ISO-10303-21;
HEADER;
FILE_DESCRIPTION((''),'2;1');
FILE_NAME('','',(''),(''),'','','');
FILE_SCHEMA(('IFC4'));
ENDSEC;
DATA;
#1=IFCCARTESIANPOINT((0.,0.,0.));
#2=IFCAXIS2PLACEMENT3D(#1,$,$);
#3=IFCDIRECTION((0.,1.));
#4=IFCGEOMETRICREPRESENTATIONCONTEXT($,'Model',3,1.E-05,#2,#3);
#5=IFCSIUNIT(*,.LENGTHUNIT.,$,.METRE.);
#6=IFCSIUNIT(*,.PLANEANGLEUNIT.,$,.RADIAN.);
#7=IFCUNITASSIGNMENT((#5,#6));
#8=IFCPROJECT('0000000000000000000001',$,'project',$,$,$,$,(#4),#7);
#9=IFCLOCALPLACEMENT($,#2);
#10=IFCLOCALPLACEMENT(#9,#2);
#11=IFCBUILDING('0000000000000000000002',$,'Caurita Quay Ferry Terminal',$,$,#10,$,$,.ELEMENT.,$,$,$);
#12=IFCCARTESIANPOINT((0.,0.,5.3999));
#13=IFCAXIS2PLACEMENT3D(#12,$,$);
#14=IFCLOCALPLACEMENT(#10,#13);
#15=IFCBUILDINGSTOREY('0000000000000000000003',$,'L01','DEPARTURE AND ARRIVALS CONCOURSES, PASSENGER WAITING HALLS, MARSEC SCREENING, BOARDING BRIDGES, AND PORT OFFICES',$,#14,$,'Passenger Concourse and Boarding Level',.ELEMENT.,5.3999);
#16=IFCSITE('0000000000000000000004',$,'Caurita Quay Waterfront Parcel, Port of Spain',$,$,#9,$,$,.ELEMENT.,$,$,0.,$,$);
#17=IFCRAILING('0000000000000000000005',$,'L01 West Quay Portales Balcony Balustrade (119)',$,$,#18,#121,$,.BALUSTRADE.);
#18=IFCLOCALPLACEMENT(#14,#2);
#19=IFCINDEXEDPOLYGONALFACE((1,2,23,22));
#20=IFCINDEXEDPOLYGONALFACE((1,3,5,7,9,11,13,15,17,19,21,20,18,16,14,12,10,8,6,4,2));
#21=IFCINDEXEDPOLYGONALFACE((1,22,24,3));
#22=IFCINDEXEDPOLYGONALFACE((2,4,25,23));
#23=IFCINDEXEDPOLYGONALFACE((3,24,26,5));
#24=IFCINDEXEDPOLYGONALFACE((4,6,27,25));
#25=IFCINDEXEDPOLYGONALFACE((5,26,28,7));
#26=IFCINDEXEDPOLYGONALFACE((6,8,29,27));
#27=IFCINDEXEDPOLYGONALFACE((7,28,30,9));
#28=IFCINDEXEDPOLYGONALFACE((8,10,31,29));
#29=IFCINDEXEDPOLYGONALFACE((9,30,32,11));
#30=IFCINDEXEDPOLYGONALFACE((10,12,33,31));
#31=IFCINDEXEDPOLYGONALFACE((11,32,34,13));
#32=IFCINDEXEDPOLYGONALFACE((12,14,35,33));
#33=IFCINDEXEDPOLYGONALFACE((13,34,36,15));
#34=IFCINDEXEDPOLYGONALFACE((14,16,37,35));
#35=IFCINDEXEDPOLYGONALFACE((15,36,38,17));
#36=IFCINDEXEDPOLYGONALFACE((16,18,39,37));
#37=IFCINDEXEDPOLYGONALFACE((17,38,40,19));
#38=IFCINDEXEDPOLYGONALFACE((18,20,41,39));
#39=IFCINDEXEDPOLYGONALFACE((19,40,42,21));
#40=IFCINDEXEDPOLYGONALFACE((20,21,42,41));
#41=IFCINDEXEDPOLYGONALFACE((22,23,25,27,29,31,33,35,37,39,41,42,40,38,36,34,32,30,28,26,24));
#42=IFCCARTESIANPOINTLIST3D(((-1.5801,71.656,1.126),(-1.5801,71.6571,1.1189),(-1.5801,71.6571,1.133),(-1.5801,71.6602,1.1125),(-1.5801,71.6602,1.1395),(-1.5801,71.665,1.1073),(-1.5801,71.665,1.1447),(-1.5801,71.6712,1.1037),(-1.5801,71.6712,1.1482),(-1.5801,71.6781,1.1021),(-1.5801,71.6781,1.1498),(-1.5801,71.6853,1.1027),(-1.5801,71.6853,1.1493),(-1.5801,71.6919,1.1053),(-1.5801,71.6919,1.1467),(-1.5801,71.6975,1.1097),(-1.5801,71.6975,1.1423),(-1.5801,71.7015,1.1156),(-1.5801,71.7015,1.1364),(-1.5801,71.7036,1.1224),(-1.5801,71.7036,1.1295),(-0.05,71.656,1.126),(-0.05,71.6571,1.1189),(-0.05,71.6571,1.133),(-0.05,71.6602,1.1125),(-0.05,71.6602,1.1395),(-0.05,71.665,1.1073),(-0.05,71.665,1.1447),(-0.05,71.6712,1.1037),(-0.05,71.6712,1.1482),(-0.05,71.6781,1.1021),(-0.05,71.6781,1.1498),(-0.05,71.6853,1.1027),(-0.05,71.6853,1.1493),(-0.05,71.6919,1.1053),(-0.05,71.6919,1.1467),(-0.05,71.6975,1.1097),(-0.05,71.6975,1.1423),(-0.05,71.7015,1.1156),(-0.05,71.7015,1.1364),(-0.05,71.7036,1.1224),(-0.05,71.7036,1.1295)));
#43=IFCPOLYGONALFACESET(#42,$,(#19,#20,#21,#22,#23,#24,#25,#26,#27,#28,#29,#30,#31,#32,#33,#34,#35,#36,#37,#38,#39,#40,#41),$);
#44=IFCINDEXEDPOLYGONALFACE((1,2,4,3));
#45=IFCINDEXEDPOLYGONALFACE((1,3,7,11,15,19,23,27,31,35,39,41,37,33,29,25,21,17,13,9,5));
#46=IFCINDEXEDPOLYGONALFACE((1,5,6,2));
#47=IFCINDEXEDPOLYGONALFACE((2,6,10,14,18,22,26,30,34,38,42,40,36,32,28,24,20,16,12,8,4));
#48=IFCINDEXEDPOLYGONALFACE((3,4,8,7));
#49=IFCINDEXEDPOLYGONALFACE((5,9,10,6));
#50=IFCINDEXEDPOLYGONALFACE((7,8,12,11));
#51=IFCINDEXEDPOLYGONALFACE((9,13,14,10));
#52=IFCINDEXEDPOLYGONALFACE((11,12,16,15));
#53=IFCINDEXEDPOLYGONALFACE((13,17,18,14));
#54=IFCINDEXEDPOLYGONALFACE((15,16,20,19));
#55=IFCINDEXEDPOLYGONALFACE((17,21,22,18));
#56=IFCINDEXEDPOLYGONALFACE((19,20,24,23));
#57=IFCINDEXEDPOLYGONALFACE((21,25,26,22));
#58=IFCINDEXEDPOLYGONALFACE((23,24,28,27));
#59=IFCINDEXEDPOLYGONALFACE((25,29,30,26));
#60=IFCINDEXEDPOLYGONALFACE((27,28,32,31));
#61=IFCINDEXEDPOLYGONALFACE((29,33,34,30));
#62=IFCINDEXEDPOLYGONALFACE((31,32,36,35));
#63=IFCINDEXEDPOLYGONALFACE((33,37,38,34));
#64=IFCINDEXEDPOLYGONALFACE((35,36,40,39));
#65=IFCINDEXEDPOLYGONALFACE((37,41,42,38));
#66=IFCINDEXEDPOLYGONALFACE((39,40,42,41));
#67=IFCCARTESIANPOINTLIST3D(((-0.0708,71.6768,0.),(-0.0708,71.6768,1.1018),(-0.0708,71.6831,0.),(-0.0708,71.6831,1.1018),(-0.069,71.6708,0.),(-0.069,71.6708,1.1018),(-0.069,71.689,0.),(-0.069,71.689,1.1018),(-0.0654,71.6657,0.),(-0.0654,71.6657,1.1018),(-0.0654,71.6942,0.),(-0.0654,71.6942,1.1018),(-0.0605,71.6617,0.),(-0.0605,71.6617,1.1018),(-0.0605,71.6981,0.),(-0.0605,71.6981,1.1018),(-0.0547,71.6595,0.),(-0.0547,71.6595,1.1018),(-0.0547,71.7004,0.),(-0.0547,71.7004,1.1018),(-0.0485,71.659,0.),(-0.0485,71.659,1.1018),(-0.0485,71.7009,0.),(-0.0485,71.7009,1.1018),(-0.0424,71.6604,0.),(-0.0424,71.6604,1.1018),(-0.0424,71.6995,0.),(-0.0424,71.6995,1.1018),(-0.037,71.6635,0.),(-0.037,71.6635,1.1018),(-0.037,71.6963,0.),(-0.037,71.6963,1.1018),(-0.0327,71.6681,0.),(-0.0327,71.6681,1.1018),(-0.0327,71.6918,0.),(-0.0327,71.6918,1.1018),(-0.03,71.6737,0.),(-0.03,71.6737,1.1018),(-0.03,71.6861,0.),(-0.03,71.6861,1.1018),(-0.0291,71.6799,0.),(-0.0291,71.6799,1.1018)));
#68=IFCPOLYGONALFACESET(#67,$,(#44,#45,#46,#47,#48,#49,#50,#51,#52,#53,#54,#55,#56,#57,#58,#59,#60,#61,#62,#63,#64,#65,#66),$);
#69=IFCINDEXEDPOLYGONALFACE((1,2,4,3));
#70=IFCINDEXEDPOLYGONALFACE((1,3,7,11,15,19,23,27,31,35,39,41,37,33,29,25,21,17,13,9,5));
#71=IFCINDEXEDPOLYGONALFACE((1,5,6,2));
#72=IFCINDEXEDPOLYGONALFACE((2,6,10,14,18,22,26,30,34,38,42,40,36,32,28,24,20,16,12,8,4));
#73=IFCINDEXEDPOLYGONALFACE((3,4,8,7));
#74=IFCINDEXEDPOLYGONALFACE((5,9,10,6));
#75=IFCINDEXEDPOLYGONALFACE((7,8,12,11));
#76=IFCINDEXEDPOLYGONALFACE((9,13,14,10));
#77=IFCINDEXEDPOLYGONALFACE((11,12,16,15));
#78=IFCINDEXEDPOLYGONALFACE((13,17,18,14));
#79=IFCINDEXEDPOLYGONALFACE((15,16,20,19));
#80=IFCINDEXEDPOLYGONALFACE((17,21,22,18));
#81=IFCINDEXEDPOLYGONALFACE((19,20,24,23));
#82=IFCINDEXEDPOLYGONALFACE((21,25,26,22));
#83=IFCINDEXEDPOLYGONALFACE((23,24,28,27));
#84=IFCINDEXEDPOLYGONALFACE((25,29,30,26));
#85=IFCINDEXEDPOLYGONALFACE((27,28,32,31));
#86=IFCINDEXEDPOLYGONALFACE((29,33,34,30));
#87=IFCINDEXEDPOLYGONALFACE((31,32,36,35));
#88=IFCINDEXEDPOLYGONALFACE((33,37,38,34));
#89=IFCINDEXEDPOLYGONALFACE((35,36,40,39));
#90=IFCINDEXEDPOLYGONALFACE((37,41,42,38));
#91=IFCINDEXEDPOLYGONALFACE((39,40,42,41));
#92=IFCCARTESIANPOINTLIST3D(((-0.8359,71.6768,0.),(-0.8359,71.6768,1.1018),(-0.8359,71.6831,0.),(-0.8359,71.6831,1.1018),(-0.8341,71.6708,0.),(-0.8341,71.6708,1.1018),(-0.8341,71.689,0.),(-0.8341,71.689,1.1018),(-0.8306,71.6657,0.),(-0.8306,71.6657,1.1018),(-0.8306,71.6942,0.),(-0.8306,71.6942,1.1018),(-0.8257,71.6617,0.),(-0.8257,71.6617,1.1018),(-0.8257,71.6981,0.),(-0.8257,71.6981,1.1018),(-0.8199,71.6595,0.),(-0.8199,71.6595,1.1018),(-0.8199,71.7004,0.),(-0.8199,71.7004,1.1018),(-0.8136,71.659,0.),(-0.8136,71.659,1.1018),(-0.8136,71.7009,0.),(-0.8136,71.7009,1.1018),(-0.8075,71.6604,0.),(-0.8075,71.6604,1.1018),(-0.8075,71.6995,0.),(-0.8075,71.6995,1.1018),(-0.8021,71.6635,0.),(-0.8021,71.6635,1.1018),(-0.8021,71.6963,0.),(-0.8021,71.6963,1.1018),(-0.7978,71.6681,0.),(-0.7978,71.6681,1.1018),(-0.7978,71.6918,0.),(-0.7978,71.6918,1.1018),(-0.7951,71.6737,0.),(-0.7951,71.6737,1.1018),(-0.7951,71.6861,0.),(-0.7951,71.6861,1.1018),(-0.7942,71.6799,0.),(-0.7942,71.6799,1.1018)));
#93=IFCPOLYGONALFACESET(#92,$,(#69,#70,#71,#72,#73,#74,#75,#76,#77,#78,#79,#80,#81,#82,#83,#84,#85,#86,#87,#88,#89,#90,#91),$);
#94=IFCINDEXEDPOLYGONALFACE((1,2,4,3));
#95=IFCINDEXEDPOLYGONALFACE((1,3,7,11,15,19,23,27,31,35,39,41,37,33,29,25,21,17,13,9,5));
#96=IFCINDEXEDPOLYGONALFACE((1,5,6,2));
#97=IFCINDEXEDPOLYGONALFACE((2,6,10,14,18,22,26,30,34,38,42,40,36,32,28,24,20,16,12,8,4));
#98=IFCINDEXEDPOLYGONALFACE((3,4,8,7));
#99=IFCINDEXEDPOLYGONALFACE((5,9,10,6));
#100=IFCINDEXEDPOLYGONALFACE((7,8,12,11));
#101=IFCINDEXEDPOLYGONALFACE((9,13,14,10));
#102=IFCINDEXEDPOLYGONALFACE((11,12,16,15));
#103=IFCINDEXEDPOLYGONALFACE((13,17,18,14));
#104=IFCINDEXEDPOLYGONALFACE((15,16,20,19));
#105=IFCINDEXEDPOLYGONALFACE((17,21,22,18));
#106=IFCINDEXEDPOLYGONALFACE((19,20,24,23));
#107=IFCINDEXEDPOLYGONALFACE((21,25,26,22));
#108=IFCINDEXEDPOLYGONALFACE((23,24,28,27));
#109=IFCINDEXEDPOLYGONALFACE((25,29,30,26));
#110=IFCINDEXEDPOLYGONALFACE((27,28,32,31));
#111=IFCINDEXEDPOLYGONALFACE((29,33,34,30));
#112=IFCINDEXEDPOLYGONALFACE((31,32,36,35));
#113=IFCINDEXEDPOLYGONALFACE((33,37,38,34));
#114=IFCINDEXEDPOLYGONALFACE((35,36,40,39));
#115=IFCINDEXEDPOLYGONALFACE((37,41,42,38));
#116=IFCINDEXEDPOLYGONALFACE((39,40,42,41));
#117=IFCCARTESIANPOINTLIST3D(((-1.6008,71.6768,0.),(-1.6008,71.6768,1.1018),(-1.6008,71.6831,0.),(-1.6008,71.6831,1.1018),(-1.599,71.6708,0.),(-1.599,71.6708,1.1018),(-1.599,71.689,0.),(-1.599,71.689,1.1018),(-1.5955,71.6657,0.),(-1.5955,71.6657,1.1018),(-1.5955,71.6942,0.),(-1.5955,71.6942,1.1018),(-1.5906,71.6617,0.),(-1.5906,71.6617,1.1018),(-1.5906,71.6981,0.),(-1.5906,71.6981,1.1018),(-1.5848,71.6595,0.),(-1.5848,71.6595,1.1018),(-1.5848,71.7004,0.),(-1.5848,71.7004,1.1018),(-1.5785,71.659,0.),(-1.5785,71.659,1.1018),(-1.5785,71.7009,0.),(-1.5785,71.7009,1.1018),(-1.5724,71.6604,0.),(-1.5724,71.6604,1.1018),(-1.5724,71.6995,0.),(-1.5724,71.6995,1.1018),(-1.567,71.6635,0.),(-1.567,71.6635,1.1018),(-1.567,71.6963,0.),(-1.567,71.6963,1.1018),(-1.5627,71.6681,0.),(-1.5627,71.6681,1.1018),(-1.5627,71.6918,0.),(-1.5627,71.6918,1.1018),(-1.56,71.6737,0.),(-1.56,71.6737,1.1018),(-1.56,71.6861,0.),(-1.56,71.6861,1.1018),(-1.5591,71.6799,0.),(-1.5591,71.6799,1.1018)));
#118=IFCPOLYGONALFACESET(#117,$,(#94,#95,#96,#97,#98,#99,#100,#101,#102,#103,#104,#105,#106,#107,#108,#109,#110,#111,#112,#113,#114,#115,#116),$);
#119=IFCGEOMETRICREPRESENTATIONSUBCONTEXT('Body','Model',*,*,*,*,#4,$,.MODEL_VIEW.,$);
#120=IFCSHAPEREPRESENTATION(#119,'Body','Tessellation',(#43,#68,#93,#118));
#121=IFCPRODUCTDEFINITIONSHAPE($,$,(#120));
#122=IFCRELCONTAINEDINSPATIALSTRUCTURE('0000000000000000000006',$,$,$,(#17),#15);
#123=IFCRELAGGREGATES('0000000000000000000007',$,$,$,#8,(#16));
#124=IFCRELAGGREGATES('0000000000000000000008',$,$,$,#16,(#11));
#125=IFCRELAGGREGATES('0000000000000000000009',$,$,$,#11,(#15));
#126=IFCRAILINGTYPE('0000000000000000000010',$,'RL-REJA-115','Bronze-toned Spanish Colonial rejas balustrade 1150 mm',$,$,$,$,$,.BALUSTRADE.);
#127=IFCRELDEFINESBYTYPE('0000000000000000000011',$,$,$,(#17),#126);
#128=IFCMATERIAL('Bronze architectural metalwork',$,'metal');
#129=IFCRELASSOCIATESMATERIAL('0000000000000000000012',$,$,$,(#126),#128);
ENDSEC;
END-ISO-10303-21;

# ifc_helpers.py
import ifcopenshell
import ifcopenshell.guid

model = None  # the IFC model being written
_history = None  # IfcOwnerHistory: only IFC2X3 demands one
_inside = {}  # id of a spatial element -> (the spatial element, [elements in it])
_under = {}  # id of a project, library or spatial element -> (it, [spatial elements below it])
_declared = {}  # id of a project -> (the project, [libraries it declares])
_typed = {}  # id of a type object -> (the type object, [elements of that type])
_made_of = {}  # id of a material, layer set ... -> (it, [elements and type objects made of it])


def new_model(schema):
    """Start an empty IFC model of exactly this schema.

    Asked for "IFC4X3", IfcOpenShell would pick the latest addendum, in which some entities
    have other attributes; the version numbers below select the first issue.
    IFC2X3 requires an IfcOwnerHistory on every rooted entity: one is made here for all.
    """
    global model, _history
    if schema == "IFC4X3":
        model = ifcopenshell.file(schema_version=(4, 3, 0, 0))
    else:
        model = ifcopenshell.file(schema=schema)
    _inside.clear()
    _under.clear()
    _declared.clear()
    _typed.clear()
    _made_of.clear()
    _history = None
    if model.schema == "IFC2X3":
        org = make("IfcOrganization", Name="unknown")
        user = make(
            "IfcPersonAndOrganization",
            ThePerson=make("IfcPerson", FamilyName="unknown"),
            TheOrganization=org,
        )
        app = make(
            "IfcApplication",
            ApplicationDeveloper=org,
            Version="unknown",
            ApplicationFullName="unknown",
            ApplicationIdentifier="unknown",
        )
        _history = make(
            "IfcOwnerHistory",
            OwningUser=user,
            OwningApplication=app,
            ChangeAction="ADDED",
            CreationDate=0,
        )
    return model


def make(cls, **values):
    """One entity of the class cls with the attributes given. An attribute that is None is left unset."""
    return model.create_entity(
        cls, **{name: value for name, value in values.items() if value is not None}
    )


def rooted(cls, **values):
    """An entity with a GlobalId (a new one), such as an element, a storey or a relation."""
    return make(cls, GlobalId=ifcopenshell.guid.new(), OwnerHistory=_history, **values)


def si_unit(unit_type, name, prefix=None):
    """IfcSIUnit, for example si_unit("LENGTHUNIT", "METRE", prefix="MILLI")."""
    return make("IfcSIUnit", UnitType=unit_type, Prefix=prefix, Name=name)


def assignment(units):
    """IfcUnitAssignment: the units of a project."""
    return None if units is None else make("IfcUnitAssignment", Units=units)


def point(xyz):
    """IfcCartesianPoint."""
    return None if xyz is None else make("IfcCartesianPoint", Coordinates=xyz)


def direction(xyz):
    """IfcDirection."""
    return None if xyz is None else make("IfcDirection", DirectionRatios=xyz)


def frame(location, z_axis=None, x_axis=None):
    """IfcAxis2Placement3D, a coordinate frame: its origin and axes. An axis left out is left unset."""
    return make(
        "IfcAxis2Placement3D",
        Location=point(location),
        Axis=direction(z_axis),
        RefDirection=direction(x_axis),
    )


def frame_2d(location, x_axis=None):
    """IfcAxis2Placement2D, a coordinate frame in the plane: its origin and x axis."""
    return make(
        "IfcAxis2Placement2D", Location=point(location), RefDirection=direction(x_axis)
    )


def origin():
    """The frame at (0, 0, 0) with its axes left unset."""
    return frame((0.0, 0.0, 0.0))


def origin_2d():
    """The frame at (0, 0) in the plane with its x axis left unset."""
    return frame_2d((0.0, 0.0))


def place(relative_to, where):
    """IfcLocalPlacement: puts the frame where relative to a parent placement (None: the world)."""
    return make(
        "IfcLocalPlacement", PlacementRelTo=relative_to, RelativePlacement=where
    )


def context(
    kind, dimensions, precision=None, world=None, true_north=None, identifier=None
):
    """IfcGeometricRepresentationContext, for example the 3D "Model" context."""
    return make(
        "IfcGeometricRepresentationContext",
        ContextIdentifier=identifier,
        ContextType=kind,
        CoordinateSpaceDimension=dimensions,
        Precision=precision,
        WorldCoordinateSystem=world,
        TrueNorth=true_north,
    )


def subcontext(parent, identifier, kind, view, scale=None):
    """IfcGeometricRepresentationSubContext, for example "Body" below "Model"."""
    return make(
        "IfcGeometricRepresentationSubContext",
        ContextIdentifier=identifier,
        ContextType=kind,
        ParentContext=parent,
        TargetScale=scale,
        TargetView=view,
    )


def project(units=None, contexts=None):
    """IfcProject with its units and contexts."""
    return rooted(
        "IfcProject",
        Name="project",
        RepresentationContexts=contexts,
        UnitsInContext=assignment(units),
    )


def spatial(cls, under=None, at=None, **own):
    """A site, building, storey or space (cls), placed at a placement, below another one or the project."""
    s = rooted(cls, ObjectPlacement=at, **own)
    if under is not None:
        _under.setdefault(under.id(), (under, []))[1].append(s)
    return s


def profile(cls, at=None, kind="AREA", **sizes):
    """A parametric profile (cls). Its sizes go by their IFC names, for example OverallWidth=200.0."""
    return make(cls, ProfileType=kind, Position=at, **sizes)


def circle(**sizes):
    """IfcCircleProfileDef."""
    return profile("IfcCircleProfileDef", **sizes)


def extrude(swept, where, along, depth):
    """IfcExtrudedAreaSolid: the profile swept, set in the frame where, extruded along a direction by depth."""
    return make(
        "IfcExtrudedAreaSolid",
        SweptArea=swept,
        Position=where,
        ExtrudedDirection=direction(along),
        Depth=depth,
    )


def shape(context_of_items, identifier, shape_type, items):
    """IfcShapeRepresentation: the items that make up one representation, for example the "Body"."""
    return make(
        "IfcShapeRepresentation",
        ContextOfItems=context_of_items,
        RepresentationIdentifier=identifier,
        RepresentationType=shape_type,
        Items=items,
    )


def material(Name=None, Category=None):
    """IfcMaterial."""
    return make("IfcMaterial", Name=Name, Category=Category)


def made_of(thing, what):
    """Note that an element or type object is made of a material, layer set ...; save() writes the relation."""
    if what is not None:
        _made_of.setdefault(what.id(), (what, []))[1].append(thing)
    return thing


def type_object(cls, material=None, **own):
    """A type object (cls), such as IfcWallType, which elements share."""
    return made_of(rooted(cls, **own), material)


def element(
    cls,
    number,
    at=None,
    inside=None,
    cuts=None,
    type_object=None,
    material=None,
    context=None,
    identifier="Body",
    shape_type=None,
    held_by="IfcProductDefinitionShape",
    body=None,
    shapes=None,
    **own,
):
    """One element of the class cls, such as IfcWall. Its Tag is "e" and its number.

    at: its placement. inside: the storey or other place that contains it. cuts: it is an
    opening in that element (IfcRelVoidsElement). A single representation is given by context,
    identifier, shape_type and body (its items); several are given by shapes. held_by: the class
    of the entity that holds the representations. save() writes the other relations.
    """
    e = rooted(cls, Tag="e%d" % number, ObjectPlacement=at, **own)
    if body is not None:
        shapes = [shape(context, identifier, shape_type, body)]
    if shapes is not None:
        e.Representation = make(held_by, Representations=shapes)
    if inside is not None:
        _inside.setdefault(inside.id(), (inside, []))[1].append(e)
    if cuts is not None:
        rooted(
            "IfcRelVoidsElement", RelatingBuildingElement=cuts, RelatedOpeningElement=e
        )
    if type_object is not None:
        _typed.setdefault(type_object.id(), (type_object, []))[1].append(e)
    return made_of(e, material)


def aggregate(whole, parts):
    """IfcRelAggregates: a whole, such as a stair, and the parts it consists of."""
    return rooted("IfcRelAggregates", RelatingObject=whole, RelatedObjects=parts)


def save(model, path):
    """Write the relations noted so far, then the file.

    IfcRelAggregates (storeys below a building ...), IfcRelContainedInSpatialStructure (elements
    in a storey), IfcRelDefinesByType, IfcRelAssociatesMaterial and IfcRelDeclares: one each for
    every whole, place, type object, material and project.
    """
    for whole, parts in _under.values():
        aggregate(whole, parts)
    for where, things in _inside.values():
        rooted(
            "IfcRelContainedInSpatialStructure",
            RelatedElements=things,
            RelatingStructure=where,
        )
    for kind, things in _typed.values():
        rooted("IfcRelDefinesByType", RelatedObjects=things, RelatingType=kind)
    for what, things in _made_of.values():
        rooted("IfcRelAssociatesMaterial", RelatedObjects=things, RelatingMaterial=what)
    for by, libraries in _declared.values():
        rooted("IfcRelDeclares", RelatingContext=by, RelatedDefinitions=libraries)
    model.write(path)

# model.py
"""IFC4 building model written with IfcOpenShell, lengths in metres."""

from ifc_helpers import new_model, si_unit, direction, frame, origin, origin_2d, place, context, subcontext, project, spatial, circle, extrude, material, type_object, element, save


model = new_model("IFC4")

# Units and contexts
model_context = context("Model", 3, precision=1e-05, world=origin(), true_north=direction((0.0, 1.0)))
body_context = subcontext(model_context, "Body", "Model", "MODEL_VIEW")
ifc_project = project(units=[si_unit("LENGTHUNIT", "METRE"), si_unit("PLANEANGLEUNIT", "RADIAN")], contexts=[model_context])

# Site, building, storey
site_placement = place(None, origin())
site = spatial("IfcSite", under=ifc_project, at=site_placement, Name="Caurita Quay Waterfront Parcel, Port of Spain", CompositionType="ELEMENT", RefElevation=0.0)
building_placement = place(site_placement, origin())
building = spatial("IfcBuilding", under=site, at=building_placement, Name="Caurita Quay Ferry Terminal", CompositionType="ELEMENT")
storey_placement = place(building_placement, frame((0.0, 0.0, 5.3999)))
storey = spatial("IfcBuildingStorey", under=building, at=storey_placement, Name="L01", Description="DEPARTURE AND ARRIVALS CONCOURSES, PASSENGER WAITING HALLS, MARSEC SCREENING, BOARDING BRIDGES, AND PORT OFFICES", LongName="Passenger Concourse and Boarding Level", CompositionType="ELEMENT", Elevation=5.3999)

# Railing
ifc_material_1 = material(Name="Bronze architectural metalwork", Category="metal")
railing_type_1 = type_object("IfcRailingType", Name="RL-REJA-115", Description="Bronze-toned Spanish Colonial rejas balustrade 1150 mm", PredefinedType="BALUSTRADE", material=ifc_material_1)
railing_1_placement = place(storey_placement, frame((-0.05, 71.6799, 0.0)))
element("IfcRailing", 1, at=railing_1_placement, inside=storey, type_object=railing_type_1, Name="L01 West Quay Portales Balcony Balustrade (119)", PredefinedType="BALUSTRADE", context=body_context, shape_type="SweptSolid", body=[
    extrude(circle(Radius=0.0239, at=origin_2d()), frame((0.0, 0.0, 1.126), z_axis=(-1.0, 0.0, 0.0), x_axis=(0.0, -1.0, 0.0)), (0.0, 0.0, 1.0), 1.53),
    extrude(circle(Radius=0.021, at=origin_2d()), origin(), (0.0, 0.0, 1.0), 1.1018),
    extrude(circle(Radius=0.021, at=origin_2d()), frame((-0.7651, 0.0, 0.0)), (0.0, 0.0, 1.0), 1.1018),
    extrude(circle(Radius=0.021, at=origin_2d()), frame((-1.53, 0.0, 0.0)), (0.0, 0.0, 1.0), 1.1018),
])

save(model, "model.ifc")
